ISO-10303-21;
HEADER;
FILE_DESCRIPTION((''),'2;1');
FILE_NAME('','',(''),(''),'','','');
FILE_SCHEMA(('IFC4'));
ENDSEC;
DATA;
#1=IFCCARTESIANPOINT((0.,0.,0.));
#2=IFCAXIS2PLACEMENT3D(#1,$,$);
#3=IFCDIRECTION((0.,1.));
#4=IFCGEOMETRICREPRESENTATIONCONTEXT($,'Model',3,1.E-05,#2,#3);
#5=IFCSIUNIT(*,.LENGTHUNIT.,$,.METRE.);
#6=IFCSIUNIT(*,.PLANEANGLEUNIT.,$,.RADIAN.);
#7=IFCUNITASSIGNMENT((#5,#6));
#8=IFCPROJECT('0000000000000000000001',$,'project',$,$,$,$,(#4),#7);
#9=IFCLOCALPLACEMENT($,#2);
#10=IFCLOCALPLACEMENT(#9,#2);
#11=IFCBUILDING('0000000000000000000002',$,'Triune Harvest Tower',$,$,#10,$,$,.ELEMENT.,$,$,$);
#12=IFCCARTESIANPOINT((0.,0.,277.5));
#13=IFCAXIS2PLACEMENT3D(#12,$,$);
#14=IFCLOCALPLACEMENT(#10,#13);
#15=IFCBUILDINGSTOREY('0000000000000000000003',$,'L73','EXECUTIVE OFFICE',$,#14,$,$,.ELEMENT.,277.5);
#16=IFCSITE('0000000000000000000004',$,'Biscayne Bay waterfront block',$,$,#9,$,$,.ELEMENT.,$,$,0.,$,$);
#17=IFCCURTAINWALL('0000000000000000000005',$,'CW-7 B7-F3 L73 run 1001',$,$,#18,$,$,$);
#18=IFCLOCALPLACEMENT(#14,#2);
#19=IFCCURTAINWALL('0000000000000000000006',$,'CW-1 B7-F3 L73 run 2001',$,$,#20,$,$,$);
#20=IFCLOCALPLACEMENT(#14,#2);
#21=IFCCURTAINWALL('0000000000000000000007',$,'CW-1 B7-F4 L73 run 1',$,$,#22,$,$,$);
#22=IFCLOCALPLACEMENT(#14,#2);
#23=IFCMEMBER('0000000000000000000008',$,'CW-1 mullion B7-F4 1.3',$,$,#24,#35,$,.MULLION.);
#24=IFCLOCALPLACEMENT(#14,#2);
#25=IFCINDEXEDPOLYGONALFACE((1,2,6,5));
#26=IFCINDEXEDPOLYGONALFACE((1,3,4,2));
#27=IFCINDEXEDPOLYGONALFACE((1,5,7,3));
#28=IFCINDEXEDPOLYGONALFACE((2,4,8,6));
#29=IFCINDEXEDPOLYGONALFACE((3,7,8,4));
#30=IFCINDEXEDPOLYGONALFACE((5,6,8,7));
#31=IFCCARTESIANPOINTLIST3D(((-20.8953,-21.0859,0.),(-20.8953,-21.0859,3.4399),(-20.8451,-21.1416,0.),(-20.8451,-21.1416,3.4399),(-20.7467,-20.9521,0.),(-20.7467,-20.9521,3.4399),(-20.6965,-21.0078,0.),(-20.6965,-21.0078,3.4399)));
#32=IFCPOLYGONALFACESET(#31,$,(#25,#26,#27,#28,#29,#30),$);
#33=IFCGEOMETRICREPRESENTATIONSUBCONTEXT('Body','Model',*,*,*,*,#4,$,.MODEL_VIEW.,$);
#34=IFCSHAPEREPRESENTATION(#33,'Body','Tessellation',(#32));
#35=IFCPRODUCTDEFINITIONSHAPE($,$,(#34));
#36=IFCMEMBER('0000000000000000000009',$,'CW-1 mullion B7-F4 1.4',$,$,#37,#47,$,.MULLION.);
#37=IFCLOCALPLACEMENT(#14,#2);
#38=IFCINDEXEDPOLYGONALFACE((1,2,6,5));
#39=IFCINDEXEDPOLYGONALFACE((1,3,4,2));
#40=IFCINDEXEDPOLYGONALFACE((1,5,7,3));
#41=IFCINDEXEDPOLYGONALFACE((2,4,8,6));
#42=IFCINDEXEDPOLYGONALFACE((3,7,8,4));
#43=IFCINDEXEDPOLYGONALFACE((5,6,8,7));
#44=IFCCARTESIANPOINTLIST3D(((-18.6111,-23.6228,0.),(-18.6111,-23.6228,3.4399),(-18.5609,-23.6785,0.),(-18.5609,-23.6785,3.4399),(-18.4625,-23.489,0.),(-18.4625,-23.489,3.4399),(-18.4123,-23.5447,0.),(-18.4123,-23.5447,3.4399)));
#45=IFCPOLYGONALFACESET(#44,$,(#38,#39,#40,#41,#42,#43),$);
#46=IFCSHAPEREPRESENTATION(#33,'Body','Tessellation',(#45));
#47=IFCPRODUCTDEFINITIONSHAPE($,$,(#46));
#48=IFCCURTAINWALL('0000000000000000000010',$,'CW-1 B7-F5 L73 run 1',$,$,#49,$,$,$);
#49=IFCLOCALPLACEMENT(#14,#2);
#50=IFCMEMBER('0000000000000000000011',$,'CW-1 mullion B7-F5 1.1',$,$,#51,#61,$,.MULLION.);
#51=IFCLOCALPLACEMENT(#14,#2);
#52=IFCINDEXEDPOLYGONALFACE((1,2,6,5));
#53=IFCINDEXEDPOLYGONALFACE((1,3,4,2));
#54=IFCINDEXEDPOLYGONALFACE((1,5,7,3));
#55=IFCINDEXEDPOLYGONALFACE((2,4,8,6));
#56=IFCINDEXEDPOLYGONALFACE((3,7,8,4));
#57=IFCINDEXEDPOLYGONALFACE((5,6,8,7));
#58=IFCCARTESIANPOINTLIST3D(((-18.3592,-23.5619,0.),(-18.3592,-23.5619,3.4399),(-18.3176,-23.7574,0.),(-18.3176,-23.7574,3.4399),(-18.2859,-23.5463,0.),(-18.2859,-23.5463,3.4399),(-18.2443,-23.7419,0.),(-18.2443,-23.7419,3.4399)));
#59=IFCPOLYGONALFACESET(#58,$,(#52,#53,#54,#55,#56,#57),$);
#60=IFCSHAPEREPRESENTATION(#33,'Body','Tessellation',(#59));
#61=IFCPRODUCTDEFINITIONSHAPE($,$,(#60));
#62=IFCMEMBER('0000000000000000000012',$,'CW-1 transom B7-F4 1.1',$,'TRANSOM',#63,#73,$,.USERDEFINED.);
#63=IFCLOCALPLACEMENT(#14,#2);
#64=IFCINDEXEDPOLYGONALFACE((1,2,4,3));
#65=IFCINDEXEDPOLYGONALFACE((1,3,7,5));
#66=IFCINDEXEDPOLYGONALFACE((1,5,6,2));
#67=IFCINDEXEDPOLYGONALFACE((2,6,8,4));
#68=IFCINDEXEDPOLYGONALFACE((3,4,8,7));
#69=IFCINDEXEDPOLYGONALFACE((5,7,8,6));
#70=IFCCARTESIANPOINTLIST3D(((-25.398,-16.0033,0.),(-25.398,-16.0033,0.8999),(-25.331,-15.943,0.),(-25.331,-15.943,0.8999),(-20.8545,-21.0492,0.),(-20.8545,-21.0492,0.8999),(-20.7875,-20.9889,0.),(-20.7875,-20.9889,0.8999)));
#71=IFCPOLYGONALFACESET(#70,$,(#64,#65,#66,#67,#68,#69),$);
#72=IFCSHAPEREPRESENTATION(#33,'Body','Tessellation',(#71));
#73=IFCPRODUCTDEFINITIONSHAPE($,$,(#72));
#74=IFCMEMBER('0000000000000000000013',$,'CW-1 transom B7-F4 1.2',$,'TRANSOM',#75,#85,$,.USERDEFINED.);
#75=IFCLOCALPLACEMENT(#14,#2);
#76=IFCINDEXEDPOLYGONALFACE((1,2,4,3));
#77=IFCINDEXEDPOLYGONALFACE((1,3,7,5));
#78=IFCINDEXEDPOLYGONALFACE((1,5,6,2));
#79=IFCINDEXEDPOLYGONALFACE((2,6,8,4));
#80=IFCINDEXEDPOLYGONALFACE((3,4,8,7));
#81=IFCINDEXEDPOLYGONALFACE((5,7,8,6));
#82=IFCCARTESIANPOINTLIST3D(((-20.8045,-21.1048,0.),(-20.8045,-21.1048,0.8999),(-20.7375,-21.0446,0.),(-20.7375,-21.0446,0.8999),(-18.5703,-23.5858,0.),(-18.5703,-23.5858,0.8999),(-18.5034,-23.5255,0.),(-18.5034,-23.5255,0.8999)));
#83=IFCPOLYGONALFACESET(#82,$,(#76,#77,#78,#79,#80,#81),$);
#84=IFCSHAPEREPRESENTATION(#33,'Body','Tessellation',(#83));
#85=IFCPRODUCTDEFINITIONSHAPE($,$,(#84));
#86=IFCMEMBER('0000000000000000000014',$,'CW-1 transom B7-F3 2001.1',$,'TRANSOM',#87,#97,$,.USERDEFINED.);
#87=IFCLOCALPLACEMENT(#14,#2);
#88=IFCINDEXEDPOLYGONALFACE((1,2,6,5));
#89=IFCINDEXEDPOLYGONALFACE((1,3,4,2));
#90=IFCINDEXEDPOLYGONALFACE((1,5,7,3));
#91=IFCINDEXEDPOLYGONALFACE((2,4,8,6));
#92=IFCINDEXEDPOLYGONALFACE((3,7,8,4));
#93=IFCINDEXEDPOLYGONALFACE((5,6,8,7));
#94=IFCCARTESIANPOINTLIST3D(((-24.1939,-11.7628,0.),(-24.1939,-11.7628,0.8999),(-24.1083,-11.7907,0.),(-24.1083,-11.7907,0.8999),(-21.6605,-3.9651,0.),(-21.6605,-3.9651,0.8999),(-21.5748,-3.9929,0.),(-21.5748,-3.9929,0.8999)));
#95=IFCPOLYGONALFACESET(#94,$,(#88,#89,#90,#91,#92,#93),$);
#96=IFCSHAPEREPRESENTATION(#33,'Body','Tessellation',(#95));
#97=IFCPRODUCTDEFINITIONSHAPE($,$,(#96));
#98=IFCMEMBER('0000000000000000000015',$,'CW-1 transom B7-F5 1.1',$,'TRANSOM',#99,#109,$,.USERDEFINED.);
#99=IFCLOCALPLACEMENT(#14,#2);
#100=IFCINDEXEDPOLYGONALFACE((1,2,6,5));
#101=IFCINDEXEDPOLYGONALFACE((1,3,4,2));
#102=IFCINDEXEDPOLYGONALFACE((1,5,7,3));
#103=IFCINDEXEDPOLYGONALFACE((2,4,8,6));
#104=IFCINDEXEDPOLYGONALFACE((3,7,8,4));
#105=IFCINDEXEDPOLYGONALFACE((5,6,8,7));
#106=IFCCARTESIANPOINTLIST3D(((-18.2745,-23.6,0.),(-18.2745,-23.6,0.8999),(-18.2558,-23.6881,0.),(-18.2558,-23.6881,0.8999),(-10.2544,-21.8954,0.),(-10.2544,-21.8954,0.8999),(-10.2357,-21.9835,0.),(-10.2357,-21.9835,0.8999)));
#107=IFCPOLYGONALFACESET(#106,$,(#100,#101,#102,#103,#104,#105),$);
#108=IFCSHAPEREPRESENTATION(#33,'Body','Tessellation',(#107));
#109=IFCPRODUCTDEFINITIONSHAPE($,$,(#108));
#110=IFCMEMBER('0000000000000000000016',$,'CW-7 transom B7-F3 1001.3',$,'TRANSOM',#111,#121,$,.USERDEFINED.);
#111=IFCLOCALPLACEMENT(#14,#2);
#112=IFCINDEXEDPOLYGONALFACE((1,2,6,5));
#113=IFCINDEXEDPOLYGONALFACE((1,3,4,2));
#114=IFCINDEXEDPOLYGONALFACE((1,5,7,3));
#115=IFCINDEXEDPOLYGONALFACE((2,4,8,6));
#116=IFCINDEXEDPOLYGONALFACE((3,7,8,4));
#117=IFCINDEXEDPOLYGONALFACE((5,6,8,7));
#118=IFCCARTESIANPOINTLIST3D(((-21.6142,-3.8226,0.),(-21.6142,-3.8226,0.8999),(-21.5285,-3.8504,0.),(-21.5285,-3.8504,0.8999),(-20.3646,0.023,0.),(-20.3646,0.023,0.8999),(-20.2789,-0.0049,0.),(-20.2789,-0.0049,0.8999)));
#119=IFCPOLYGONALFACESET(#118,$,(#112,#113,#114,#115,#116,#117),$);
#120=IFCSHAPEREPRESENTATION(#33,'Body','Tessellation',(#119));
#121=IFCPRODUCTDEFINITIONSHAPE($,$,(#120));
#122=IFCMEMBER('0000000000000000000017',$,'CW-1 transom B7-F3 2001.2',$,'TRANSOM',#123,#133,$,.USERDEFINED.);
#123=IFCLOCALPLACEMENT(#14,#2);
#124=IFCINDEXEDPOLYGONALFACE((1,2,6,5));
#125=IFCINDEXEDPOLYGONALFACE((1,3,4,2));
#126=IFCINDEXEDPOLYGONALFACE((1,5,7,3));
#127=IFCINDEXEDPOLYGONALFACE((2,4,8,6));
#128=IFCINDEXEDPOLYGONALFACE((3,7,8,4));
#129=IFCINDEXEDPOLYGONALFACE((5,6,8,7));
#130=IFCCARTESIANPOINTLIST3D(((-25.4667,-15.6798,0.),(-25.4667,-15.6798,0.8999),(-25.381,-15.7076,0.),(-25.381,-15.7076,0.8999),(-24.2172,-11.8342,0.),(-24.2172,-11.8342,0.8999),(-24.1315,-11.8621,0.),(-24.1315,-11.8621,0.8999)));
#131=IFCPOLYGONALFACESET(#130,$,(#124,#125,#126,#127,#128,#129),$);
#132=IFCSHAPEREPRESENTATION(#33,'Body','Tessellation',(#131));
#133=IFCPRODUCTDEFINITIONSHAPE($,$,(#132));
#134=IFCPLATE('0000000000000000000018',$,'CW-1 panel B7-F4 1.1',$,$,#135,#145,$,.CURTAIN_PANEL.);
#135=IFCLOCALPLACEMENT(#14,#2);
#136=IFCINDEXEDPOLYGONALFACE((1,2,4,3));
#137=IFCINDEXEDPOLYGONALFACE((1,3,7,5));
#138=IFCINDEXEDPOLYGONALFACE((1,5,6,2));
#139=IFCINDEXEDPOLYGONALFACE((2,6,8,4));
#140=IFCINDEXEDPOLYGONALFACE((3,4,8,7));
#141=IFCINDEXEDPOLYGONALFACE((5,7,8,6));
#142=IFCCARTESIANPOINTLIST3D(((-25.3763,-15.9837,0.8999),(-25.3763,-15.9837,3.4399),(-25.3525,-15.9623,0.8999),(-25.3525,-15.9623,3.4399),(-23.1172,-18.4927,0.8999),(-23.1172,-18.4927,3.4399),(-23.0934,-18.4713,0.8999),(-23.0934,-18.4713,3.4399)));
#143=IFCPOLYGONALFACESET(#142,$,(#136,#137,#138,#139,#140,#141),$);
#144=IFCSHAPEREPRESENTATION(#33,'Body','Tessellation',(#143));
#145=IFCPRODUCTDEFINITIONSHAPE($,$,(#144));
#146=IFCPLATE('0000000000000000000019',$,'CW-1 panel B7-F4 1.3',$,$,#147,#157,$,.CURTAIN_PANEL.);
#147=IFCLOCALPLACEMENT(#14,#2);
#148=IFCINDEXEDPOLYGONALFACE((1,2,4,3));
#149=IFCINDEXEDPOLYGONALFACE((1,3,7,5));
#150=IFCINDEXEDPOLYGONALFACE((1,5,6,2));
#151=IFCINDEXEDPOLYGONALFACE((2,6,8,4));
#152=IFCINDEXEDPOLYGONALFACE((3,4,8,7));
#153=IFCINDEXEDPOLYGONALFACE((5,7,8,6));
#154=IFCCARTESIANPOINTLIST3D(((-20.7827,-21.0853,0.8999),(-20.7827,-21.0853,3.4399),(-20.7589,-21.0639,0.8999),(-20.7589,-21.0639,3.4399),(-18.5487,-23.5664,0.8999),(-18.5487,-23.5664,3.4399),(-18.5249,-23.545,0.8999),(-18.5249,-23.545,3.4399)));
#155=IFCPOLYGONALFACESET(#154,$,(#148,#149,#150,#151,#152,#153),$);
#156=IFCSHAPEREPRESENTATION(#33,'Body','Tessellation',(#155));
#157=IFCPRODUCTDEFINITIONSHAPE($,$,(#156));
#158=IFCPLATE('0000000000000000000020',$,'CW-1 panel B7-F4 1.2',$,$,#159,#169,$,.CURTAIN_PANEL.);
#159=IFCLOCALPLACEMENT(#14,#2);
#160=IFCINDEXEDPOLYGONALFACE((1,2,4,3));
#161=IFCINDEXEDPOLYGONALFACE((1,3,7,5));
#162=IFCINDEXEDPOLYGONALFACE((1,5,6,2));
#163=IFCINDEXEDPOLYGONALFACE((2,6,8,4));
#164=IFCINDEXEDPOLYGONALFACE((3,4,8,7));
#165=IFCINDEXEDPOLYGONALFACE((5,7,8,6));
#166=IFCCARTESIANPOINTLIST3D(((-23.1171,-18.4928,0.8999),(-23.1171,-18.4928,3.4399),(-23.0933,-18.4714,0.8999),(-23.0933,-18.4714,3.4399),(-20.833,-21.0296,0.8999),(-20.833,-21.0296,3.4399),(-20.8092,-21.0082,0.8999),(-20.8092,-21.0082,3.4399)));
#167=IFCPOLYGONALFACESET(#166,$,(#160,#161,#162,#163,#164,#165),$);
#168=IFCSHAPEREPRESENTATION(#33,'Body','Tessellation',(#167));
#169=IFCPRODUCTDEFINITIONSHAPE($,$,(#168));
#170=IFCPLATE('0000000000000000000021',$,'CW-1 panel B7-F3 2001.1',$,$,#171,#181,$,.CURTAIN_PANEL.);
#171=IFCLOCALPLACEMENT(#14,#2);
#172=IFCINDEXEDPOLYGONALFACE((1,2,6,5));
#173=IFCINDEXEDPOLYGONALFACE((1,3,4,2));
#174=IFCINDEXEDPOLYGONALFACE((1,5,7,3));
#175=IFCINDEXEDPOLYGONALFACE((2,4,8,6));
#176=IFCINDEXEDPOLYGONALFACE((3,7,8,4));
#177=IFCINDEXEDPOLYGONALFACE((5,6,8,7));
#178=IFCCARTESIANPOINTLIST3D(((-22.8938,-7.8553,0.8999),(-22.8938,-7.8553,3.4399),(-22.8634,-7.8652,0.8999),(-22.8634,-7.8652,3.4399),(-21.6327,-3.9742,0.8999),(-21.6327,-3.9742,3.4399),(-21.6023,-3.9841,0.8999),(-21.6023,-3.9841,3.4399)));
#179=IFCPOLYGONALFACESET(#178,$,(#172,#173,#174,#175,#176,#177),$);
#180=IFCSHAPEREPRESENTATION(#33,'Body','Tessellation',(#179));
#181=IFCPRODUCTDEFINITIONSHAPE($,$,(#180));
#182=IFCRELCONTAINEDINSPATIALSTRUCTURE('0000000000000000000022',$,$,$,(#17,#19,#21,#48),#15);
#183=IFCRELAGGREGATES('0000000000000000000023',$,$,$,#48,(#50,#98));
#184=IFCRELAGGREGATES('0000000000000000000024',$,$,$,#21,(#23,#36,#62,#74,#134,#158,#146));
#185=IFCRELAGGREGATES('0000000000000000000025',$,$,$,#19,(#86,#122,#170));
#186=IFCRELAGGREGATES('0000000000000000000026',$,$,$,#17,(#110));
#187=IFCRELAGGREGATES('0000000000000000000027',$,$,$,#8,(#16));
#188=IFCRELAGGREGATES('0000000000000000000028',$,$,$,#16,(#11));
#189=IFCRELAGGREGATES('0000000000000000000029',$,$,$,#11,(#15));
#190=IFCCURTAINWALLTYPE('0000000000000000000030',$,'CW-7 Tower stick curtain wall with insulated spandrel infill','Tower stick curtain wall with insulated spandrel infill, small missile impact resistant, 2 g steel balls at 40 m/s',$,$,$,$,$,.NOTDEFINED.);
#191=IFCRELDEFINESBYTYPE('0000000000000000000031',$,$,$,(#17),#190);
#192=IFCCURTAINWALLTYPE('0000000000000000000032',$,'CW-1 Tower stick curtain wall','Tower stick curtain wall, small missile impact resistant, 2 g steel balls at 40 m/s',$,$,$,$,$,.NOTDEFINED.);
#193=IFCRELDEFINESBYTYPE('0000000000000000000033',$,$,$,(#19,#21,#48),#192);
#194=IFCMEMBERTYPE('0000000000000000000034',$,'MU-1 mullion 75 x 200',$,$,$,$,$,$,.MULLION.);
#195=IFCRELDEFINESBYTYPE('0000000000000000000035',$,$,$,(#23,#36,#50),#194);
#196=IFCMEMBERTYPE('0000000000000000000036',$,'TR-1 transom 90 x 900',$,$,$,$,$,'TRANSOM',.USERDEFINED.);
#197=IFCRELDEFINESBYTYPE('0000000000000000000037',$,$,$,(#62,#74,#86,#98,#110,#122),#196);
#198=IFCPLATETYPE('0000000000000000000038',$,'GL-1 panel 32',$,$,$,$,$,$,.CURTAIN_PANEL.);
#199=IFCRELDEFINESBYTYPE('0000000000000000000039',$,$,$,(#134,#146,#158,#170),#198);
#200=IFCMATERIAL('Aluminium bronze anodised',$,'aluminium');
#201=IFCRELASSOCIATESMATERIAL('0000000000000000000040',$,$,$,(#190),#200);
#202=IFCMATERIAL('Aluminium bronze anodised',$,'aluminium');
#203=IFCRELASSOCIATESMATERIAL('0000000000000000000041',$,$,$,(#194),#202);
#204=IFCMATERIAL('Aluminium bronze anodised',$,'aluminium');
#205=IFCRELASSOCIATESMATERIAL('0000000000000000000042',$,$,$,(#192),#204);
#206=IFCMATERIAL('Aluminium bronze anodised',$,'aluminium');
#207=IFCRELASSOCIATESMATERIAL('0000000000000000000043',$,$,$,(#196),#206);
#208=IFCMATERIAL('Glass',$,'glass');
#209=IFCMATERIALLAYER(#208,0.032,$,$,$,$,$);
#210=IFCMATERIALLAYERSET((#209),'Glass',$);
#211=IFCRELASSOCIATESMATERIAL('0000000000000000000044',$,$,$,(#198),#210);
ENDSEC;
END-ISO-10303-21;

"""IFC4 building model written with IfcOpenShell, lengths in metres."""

from ifc_helpers import new_model, si_unit, direction, frame, origin, origin_2d, place, context, subcontext, project, spatial, rectangle, extrude, source, transform, mapped, material, layer, layer_set, material_profile, profile_set, type_object, element, aggregate, save


model = new_model("IFC4")

# Units and contexts
model_context = context("Model", 3, precision=1e-05, world=origin(), true_north=direction((0.0, 1.0)))
body_context = subcontext(model_context, "Body", "Model", "MODEL_VIEW")
ifc_project = project(units=[si_unit("LENGTHUNIT", "METRE"), si_unit("PLANEANGLEUNIT", "RADIAN")], contexts=[model_context])

# Site, building, storey
site_placement = place(None, origin())
site = spatial("IfcSite", under=ifc_project, at=site_placement, Name="Biscayne Bay waterfront block", CompositionType="ELEMENT", RefElevation=0.0)
building_placement = place(site_placement, origin())
building = spatial("IfcBuilding", under=site, at=building_placement, Name="Triune Harvest Tower", CompositionType="ELEMENT")
storey_placement = place(building_placement, frame((0.0, 0.0, 277.5)))
storey = spatial("IfcBuildingStorey", under=building, at=storey_placement, Name="L73", Description="EXECUTIVE OFFICE", CompositionType="ELEMENT", Elevation=277.5)

# Curtain walls, members
ifc_material_1 = material(Name="Aluminium bronze anodised", Category="aluminium")
curtain_wall_type_1 = type_object("IfcCurtainWallType", Name="CW-7 Tower stick curtain wall with insulated spandrel infill", Description="Tower stick curtain wall with insulated spandrel infill, small missile impact resistant, 2 g steel balls at 40 m/s", PredefinedType="NOTDEFINED", material=ifc_material_1)
curtain_wall_1_placement = place(storey_placement, origin())
curtain_wall_1 = element("IfcCurtainWall", 1, at=curtain_wall_1_placement, inside=storey, type_object=curtain_wall_type_1, Name="CW-7 B7-F3 L73 run 1001")
ifc_material_2 = material(Name="Aluminium bronze anodised", Category="aluminium")
ifc_material_profile_1 = material_profile(ifc_material_2, rectangle(XDim=0.2, YDim=0.075, at=origin_2d()), Name="MU-1 mullion 75 x 200")
ifc_profile_set_1 = profile_set([ifc_material_profile_1], Name="Aluminium bronze anodised")
member_type_1 = type_object("IfcMemberType", Name="MU-1 mullion 75 x 200", PredefinedType="MULLION", material=ifc_profile_set_1)
shared_shape_1 = source(origin(), body_context, "Body", "SweptSolid", [
    extrude(rectangle(XDim=0.2, YDim=0.075, at=origin_2d()), origin(), (0.0, 0.0, 1.0), 3.4399),
])
ifc_material_3 = material(Name="Aluminium bronze anodised", Category="aluminium")
curtain_wall_type_2 = type_object("IfcCurtainWallType", Name="CW-1 Tower stick curtain wall", Description="Tower stick curtain wall, small missile impact resistant, 2 g steel balls at 40 m/s", PredefinedType="NOTDEFINED", material=ifc_material_3)
curtain_wall_2_placement = place(storey_placement, origin())
curtain_wall_2 = element("IfcCurtainWall", 2, at=curtain_wall_2_placement, inside=storey, type_object=curtain_wall_type_2, Name="CW-1 B7-F3 L73 run 2001")
curtain_wall_3_placement = place(storey_placement, origin())
curtain_wall_3 = element("IfcCurtainWall", 3, at=curtain_wall_3_placement, inside=storey, type_object=curtain_wall_type_2, Name="CW-1 B7-F4 L73 run 1")
member_1_placement = place(storey_placement, frame((-20.7959, -21.0469, 0.0), z_axis=(0.0, 0.0, 1.0), x_axis=(0.743144, 0.669132, 0.0)))
member_1 = element("IfcMember", 4, at=member_1_placement, type_object=member_type_1, Name="CW-1 mullion B7-F4 1.3", PredefinedType="MULLION", context=body_context, shape_type="MappedRepresentation", body=[
    mapped(shared_shape_1, transform((0.0, 0.0, 0.0), scale=1.0)),
])
member_2_placement = place(storey_placement, frame((-18.5117, -23.5837, 0.0), z_axis=(0.0, 0.0, 1.0), x_axis=(0.743144, 0.669132, 0.0)))
member_2 = element("IfcMember", 5, at=member_2_placement, type_object=member_type_1, Name="CW-1 mullion B7-F4 1.4", PredefinedType="MULLION", context=body_context, shape_type="MappedRepresentation", body=[
    mapped(shared_shape_1, transform((0.0, 0.0, 0.0), scale=1.0)),
])

# Curtain wall, member
curtain_wall_4_placement = place(storey_placement, origin())
curtain_wall_4 = element("IfcCurtainWall", 6, at=curtain_wall_4_placement, inside=storey, type_object=curtain_wall_type_2, Name="CW-1 B7-F5 L73 run 1")
member_3_placement = place(storey_placement, frame((-18.3018, -23.6519, 0.0), z_axis=(0.0, 0.0, 1.0), x_axis=(-0.207909, 0.978148, 0.0)))
member_3 = element("IfcMember", 7, at=member_3_placement, type_object=member_type_1, Name="CW-1 mullion B7-F5 1.1", PredefinedType="MULLION", context=body_context, shape_type="MappedRepresentation", body=[
    mapped(shared_shape_1, transform((0.0, 0.0, 0.0), scale=1.0)),
])

# Members
ifc_material_4 = material(Name="Aluminium bronze anodised", Category="aluminium")
ifc_material_profile_2 = material_profile(ifc_material_4, rectangle(XDim=0.0901, YDim=0.8999, at=origin_2d()), Name="TR-1 transom 90 x 900")
ifc_profile_set_2 = profile_set([ifc_material_profile_2], Name="Aluminium bronze anodised")
member_type_2 = type_object("IfcMemberType", Name="TR-1 transom 90 x 900", ElementType="TRANSOM", PredefinedType="USERDEFINED", material=ifc_profile_set_2)
shared_shape_2 = source(origin(), body_context, "Body", "SweptSolid", [
    extrude(rectangle(XDim=0.0901, YDim=0.8999, at=origin_2d()), origin(), (0.0, 0.0, 1.0), 6.79),
])
member_4_placement = place(storey_placement, frame((-25.3645, -15.9731, 0.45), z_axis=(0.66914, -0.743137, 0.0), x_axis=(0.743137, 0.66914, 0.0)))
member_4 = element("IfcMember", 8, at=member_4_placement, type_object=member_type_2, Name="CW-1 transom B7-F4 1.1", ObjectType="TRANSOM", PredefinedType="USERDEFINED", context=body_context, shape_type="MappedRepresentation", body=[
    mapped(shared_shape_2, transform((0.0, 0.0, 0.0), scale=1.0)),
])
shared_shape_3 = source(origin(), body_context, "Body", "SweptSolid", [
    extrude(rectangle(XDim=0.0901, YDim=0.8999, at=origin_2d()), origin(), (0.0, 0.0, 1.0), 3.3386),
])
member_5_placement = place(storey_placement, frame((-20.771, -21.0747, 0.45), z_axis=(0.669175, -0.743105, 0.0), x_axis=(0.743105, 0.669175, 0.0)))
member_5 = element("IfcMember", 9, at=member_5_placement, type_object=member_type_2, Name="CW-1 transom B7-F4 1.2", ObjectType="TRANSOM", PredefinedType="USERDEFINED", context=body_context, shape_type="MappedRepresentation", body=[
    mapped(shared_shape_3, transform((0.0, 0.0, 0.0), scale=1.0)),
])
shared_shape_4 = source(origin(), body_context, "Body", "SweptSolid", [
    extrude(rectangle(XDim=0.0901, YDim=0.8999, at=origin_2d()), origin(), (0.0, 0.0, 1.0), 8.199),
])
member_6_placement = place(storey_placement, frame((-21.6177, -3.979, 0.45), z_axis=(-0.308992, -0.951065, 0.0), x_axis=(0.951065, -0.308992, 0.0)))
member_6 = element("IfcMember", 10, at=member_6_placement, type_object=member_type_2, Name="CW-1 transom B7-F3 2001.1", ObjectType="TRANSOM", PredefinedType="USERDEFINED", context=body_context, shape_type="MappedRepresentation", body=[
    mapped(shared_shape_4, transform((0.0, 0.0, 0.0), scale=1.0)),
])
shared_shape_5 = source(origin(), body_context, "Body", "SweptSolid", [
    extrude(rectangle(XDim=0.0901, YDim=0.8999, at=origin_2d()), origin(), (0.0, 0.0, 1.0), 8.1992),
])
member_7_placement = place(storey_placement, frame((-18.2651, -23.644, 0.45), z_axis=(0.978151, 0.207898, 0.0), x_axis=(-0.207898, 0.978151, 0.0)))
member_7 = element("IfcMember", 11, at=member_7_placement, type_object=member_type_2, Name="CW-1 transom B7-F5 1.1", ObjectType="TRANSOM", PredefinedType="USERDEFINED", context=body_context, shape_type="MappedRepresentation", body=[
    mapped(shared_shape_5, transform((0.0, 0.0, 0.0), scale=1.0)),
])
aggregate(curtain_wall_4, [member_3, member_7])
shared_shape_6 = source(origin(), body_context, "Body", "SweptSolid", [
    extrude(rectangle(XDim=0.0901, YDim=0.8999, at=origin_2d()), origin(), (0.0, 0.0, 1.0), 4.0435),
])
member_8_placement = place(storey_placement, frame((-20.3218, 0.009, 0.45), z_axis=(-0.309027, -0.951053, 0.0), x_axis=(0.951053, -0.309027, 0.0)))
member_8 = element("IfcMember", 12, at=member_8_placement, type_object=member_type_2, Name="CW-7 transom B7-F3 1001.3", ObjectType="TRANSOM", PredefinedType="USERDEFINED", context=body_context, shape_type="MappedRepresentation", body=[
    mapped(shared_shape_6, transform((0.0, 0.0, 0.0), scale=1.0)),
])
member_9_placement = place(storey_placement, frame((-24.1743, -11.8481, 0.45), z_axis=(-0.309027, -0.951053, 0.0), x_axis=(0.951053, -0.309027, 0.0)))
member_9 = element("IfcMember", 13, at=member_9_placement, type_object=member_type_2, Name="CW-1 transom B7-F3 2001.2", ObjectType="TRANSOM", PredefinedType="USERDEFINED", context=body_context, shape_type="MappedRepresentation", body=[
    mapped(shared_shape_6, transform((0.0, 0.0, 0.0), scale=1.0)),
])

# Plates
ifc_material_5 = material(Name="Glass", Category="glass")
ifc_layer_1 = layer(ifc_material_5, 0.032)
ifc_layer_set_1 = layer_set([ifc_layer_1], Name="Glass")
plate_type_1 = type_object("IfcPlateType", Name="GL-1 panel 32", PredefinedType="CURTAIN_PANEL", material=ifc_layer_set_1)
shared_shape_7 = source(origin(), body_context, "Body", "SweptSolid", [
    extrude(rectangle(XDim=3.3762, YDim=0.032, at=origin_2d()), origin(), (0.0, 0.0, 1.0), 2.54),
])
plate_1_placement = place(storey_placement, frame((-24.2349, -17.2275, 0.8999), z_axis=(0.0, 0.0, 1.0), x_axis=(0.669132, -0.743144, 0.0)))
plate_1 = element("IfcPlate", 14, at=plate_1_placement, type_object=plate_type_1, Name="CW-1 panel B7-F4 1.1", PredefinedType="CURTAIN_PANEL", context=body_context, shape_type="MappedRepresentation", body=[
    mapped(shared_shape_7, transform((0.0, 0.0, 0.0), scale=1.0)),
])
shared_shape_8 = source(origin(), body_context, "Body", "SweptSolid", [
    extrude(rectangle(XDim=3.3386, YDim=0.032, at=origin_2d()), origin(), (0.0, 0.0, 1.0), 2.54),
])
plate_2_placement = place(storey_placement, frame((-19.6538, -22.3152, 0.8999), z_axis=(0.0, 0.0, 1.0), x_axis=(0.669132, -0.743144, 0.0)))
plate_2 = element("IfcPlate", 15, at=plate_2_placement, type_object=plate_type_1, Name="CW-1 panel B7-F4 1.3", PredefinedType="CURTAIN_PANEL", context=body_context, shape_type="MappedRepresentation", body=[
    mapped(shared_shape_8, transform((0.0, 0.0, 0.0), scale=1.0)),
])
shared_shape_9 = source(origin(), body_context, "Body", "SweptSolid", [
    extrude(rectangle(XDim=3.4136, YDim=0.032, at=origin_2d()), origin(), (0.0, 0.0, 1.0), 2.54),
])
plate_3_placement = place(storey_placement, frame((-21.9631, -19.7505, 0.8999), z_axis=(0.0, 0.0, 1.0), x_axis=(0.669132, -0.743144, 0.0)))
plate_3 = element("IfcPlate", 16, at=plate_3_placement, type_object=plate_type_1, Name="CW-1 panel B7-F4 1.2", PredefinedType="CURTAIN_PANEL", context=body_context, shape_type="MappedRepresentation", body=[
    mapped(shared_shape_9, transform((0.0, 0.0, 0.0), scale=1.0)),
])
aggregate(curtain_wall_3, [member_1, member_2, member_4, member_5, plate_1, plate_3, plate_2])
shared_shape_10 = source(origin(), body_context, "Body", "SweptSolid", [
    extrude(rectangle(XDim=4.0808, YDim=0.032, at=origin_2d()), origin(), (0.0, 0.0, 1.0), 2.54),
])
plate_4_placement = place(storey_placement, frame((-22.248, -5.9197, 0.8999), z_axis=(0.0, 0.0, 1.0), x_axis=(-0.309013, -0.951058, 0.0)))
plate_4 = element("IfcPlate", 17, at=plate_4_placement, type_object=plate_type_1, Name="CW-1 panel B7-F3 2001.1", PredefinedType="CURTAIN_PANEL", context=body_context, shape_type="MappedRepresentation", body=[
    mapped(shared_shape_10, transform((0.0, 0.0, 0.0), scale=1.0)),
])
aggregate(curtain_wall_2, [member_6, member_9, plate_4])
aggregate(curtain_wall_1, [member_8])

save(model, "model.ifc")
